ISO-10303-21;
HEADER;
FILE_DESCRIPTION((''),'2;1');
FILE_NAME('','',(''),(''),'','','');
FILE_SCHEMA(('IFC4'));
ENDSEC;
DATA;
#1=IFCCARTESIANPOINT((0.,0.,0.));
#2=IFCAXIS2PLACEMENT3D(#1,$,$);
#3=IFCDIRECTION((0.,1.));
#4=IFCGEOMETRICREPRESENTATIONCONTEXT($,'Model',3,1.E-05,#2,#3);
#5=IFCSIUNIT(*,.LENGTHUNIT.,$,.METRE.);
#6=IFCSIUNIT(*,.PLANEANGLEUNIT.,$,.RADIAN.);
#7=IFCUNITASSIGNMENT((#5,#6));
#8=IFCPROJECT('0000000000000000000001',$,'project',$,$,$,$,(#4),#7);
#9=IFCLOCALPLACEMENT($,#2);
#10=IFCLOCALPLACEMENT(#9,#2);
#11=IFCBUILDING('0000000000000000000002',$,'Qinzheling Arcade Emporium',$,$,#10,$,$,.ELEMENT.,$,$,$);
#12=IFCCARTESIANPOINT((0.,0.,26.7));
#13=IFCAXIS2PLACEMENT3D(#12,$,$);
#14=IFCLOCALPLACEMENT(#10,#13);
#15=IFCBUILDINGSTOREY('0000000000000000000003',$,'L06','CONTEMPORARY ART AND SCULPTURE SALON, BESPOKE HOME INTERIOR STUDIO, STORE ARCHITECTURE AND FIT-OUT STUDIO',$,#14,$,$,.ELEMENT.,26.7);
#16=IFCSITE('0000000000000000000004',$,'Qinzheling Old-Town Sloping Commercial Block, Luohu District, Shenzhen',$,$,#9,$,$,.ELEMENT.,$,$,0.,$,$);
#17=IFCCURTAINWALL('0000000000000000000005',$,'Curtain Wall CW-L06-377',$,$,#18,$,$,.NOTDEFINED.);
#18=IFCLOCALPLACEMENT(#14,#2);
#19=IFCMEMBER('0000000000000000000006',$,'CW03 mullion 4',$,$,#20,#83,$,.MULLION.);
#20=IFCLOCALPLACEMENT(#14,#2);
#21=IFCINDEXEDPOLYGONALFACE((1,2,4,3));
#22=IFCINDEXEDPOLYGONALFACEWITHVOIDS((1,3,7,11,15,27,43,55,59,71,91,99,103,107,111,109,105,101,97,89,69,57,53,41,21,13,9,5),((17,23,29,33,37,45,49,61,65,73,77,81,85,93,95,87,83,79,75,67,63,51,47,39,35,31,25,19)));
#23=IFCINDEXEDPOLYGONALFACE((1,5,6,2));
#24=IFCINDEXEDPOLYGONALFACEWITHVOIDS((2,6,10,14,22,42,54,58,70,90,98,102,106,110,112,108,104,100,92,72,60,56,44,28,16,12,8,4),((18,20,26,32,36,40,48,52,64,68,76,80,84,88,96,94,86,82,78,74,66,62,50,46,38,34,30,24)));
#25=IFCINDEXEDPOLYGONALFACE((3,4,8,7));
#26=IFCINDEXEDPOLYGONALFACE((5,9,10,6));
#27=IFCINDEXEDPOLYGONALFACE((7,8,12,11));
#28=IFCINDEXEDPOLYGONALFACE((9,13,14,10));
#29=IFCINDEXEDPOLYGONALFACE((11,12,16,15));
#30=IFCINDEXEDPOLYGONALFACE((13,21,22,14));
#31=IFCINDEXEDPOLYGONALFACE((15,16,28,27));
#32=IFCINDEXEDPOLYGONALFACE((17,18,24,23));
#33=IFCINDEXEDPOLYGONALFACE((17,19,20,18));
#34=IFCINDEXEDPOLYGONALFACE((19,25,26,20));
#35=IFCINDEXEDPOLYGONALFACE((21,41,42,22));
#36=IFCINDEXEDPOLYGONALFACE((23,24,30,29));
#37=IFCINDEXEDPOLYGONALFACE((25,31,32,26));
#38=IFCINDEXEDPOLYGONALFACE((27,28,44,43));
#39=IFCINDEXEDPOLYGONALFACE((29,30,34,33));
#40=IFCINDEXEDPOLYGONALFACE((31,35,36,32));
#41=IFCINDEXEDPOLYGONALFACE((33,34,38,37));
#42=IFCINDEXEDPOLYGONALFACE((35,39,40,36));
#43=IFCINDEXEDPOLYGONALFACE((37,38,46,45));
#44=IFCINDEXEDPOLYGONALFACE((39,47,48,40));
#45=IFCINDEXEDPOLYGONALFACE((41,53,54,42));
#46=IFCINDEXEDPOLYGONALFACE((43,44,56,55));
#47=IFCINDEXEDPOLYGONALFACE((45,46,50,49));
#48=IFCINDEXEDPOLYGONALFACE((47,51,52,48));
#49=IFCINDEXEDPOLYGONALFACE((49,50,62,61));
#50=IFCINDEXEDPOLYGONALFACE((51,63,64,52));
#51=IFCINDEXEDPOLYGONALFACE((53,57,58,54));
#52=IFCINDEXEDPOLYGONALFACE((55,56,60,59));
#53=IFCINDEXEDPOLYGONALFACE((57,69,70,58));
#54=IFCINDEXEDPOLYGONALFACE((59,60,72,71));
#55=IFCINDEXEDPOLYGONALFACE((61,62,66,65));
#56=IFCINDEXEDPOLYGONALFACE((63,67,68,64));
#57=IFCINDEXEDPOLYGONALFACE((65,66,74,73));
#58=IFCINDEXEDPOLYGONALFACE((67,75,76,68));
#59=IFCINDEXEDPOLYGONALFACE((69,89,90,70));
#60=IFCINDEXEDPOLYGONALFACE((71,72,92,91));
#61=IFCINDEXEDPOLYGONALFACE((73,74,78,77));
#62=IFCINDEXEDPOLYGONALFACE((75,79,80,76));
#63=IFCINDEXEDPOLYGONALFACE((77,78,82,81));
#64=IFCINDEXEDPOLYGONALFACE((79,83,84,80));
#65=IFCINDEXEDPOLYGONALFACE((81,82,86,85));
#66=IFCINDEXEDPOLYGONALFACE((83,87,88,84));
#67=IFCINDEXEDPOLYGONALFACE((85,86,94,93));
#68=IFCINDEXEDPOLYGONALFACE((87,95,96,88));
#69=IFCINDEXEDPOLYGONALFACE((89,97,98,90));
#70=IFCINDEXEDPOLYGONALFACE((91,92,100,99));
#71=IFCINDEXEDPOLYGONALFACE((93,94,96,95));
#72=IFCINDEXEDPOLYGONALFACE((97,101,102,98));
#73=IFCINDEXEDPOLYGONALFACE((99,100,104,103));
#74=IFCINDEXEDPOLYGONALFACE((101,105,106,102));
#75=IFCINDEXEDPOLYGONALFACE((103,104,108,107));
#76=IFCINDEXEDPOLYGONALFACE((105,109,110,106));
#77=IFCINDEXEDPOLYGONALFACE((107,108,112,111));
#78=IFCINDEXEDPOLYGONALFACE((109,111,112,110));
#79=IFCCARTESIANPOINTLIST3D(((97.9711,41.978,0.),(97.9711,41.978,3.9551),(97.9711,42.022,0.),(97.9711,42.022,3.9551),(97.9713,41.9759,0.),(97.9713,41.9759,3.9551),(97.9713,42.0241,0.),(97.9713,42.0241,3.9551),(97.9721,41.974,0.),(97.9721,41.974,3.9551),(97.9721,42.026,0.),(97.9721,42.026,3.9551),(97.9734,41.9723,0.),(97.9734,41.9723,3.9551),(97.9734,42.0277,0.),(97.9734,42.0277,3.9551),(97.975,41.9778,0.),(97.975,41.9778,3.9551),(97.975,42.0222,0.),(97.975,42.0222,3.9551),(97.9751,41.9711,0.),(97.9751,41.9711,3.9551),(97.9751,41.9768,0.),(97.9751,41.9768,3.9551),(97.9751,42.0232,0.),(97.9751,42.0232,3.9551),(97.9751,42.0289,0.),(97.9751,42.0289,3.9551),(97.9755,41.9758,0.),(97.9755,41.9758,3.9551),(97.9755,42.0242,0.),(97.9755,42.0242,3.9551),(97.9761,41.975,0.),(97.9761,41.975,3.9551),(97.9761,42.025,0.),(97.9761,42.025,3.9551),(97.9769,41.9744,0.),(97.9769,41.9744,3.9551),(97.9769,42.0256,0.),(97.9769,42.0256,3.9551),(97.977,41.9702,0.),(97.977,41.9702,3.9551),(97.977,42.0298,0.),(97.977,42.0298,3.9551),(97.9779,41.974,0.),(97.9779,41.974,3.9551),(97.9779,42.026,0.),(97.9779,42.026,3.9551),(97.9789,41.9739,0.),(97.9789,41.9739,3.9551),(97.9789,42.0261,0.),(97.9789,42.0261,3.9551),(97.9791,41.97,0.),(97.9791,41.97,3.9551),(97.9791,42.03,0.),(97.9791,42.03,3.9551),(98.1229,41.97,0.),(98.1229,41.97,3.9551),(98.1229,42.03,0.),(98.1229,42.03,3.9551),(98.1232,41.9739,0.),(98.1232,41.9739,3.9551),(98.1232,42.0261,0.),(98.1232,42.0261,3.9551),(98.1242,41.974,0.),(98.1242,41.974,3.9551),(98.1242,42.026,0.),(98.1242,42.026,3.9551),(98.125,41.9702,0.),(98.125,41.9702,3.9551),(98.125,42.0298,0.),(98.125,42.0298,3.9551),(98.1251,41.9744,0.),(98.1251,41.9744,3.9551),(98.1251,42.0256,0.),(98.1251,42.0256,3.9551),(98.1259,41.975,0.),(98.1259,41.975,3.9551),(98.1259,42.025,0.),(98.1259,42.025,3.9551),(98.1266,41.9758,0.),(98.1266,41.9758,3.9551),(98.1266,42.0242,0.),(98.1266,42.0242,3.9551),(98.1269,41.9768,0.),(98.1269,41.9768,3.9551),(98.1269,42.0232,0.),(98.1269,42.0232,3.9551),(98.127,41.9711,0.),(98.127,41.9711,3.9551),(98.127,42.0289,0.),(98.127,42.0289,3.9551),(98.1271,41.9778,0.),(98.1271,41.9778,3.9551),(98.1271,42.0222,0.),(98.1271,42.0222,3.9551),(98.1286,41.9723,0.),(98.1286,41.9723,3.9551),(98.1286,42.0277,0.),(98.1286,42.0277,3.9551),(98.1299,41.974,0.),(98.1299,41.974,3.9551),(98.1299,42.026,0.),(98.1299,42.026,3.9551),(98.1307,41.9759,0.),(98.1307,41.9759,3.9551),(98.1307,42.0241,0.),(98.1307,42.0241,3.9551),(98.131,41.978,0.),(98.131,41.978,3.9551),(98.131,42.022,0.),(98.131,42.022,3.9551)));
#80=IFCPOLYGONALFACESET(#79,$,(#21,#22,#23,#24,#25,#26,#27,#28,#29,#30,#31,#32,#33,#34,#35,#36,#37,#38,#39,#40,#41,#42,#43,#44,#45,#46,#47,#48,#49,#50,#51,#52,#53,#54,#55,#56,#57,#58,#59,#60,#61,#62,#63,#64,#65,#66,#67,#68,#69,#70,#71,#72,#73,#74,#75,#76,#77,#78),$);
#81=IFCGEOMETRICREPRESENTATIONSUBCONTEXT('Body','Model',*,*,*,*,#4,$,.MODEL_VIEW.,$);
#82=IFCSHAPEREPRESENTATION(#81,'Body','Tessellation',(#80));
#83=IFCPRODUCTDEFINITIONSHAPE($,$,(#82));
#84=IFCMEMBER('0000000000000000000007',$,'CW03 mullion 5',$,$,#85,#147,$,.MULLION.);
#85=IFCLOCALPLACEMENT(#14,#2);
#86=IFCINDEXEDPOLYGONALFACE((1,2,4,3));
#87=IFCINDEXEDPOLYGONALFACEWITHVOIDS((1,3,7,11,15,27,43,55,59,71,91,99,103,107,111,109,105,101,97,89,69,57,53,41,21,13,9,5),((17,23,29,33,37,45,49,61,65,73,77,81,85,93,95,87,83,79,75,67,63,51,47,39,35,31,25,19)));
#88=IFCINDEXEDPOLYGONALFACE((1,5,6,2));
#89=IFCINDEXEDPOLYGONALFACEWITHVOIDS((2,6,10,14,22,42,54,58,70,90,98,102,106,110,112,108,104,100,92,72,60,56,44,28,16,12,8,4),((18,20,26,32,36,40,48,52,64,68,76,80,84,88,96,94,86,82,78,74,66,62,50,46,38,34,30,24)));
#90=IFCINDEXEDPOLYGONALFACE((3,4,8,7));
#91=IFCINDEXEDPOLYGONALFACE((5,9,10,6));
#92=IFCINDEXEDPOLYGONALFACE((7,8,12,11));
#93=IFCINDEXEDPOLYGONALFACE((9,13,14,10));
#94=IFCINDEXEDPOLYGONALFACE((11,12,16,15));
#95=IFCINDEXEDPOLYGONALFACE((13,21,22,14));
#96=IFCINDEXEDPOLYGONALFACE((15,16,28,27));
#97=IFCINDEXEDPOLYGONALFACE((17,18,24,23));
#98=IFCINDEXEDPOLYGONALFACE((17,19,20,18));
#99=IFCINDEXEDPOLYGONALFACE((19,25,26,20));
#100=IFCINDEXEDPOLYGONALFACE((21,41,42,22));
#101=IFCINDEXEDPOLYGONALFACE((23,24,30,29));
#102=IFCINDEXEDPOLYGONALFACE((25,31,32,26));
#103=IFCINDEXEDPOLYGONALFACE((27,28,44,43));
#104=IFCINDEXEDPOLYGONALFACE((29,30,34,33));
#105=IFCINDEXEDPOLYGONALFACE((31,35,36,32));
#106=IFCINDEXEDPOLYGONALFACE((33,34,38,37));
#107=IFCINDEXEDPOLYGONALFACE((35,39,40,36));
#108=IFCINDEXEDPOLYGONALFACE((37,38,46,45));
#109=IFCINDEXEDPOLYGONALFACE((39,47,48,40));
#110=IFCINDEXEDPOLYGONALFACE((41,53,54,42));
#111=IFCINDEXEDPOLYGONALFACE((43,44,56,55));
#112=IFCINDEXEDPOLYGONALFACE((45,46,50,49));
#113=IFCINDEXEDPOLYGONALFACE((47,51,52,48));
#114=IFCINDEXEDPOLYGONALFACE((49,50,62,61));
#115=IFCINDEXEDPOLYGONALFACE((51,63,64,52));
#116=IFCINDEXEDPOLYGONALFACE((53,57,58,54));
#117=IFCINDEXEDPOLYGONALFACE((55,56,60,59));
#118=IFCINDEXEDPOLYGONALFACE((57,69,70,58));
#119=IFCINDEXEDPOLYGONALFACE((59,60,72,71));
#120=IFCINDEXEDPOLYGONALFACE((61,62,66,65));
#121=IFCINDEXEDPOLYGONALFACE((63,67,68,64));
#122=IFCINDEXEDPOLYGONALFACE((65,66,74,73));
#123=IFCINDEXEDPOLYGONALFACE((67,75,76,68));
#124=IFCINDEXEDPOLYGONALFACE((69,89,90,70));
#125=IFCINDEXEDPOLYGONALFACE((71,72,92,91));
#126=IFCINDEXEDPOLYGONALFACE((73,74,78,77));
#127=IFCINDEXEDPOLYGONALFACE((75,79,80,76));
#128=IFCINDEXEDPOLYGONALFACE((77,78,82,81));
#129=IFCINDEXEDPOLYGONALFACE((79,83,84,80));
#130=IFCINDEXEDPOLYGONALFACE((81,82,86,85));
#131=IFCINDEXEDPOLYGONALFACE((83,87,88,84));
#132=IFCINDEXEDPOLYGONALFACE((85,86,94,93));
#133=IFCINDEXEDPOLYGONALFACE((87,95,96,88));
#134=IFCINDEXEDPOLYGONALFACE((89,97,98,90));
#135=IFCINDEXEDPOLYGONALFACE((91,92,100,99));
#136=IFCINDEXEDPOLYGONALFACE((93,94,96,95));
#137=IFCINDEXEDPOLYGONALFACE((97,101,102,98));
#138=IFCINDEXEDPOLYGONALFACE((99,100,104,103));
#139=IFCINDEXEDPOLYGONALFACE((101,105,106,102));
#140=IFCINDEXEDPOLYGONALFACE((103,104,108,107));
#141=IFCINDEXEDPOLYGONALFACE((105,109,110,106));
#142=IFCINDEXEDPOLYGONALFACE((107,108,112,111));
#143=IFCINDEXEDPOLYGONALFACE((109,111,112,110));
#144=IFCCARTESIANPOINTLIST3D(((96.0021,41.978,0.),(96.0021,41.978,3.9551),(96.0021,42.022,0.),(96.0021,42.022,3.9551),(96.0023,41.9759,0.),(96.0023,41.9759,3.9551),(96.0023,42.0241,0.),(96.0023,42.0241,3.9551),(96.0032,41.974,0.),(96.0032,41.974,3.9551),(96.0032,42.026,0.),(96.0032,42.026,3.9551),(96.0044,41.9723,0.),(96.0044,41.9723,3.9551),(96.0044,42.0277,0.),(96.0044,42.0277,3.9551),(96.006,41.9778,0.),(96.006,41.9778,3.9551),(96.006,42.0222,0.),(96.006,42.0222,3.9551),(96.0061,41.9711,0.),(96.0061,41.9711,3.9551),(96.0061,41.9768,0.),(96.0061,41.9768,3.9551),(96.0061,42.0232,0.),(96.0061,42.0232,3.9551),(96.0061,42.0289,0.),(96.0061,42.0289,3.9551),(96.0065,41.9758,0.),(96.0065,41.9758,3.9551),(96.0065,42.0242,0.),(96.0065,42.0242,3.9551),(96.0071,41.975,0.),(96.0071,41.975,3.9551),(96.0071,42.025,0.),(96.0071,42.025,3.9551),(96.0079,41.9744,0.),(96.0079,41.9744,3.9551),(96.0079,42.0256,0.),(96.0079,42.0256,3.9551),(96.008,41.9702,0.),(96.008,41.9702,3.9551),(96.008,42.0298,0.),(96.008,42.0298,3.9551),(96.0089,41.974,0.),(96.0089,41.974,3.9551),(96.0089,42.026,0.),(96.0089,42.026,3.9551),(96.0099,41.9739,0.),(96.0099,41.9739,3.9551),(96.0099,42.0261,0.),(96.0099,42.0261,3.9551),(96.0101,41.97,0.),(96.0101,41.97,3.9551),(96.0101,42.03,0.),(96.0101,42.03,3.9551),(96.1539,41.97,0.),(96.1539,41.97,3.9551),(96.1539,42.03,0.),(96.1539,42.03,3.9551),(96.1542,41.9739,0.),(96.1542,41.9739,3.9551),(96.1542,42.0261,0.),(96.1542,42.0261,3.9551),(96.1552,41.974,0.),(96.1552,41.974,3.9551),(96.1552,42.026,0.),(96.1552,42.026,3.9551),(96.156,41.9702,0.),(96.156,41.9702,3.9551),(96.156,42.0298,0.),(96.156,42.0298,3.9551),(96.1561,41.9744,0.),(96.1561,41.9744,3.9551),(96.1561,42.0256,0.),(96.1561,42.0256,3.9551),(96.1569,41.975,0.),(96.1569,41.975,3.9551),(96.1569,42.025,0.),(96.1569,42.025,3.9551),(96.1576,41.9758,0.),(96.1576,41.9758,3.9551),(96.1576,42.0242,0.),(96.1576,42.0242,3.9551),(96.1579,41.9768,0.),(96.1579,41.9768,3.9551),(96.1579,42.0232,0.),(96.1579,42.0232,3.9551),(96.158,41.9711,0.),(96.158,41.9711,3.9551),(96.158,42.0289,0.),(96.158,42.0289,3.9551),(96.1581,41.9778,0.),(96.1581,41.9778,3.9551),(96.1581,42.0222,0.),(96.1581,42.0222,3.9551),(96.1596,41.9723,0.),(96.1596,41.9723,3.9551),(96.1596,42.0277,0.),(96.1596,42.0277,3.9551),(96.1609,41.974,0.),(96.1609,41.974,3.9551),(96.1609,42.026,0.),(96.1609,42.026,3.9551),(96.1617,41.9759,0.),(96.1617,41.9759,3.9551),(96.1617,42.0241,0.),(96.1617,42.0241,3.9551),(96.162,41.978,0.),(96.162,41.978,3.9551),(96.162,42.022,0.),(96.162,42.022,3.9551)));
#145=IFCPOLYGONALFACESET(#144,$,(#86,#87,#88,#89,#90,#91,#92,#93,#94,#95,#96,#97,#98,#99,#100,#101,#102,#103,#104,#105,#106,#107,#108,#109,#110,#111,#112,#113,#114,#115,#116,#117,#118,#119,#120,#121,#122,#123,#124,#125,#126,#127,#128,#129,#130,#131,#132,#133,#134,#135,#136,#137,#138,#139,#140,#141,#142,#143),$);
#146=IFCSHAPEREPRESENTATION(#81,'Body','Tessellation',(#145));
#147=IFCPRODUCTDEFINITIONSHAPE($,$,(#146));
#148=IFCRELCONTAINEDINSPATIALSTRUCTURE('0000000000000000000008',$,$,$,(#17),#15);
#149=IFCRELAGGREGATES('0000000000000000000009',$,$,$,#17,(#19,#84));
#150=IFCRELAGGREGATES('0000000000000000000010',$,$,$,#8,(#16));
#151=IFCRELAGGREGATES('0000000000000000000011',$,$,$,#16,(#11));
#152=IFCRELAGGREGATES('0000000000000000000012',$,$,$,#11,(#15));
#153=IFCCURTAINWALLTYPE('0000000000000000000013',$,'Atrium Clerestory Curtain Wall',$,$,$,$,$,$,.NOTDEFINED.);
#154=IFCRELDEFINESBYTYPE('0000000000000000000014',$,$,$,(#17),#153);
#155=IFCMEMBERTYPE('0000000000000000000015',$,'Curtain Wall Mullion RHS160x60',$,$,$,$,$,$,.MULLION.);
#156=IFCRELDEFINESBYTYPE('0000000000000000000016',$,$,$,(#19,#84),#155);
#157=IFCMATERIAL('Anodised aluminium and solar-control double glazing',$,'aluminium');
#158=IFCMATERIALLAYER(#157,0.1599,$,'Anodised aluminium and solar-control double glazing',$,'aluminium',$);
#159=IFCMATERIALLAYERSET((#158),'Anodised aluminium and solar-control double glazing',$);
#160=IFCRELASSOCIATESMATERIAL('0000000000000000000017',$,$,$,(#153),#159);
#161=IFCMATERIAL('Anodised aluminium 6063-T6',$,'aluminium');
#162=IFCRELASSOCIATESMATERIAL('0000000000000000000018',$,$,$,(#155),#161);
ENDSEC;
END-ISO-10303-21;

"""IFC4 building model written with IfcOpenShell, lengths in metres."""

from ifc_helpers import new_model, si_unit, direction, frame, origin, origin_2d, place, context, subcontext, project, spatial, hollow_rectangle, extrude, material, layer, layer_set, material_profile, profile_set, type_object, element, aggregate, save


model = new_model("IFC4")

# Units and contexts
model_context = context("Model", 3, precision=1e-05, world=origin(), true_north=direction((0.0, 1.0)))
body_context = subcontext(model_context, "Body", "Model", "MODEL_VIEW")
ifc_project = project(units=[si_unit("LENGTHUNIT", "METRE"), si_unit("PLANEANGLEUNIT", "RADIAN")], contexts=[model_context])

# Site, building, storey
site_placement = place(None, origin())
site = spatial("IfcSite", under=ifc_project, at=site_placement, Name="Qinzheling Old-Town Sloping Commercial Block, Luohu District, Shenzhen", CompositionType="ELEMENT", RefElevation=0.0)
building_placement = place(site_placement, origin())
building = spatial("IfcBuilding", under=site, at=building_placement, Name="Qinzheling Arcade Emporium", CompositionType="ELEMENT")
storey_placement = place(building_placement, frame((0.0, 0.0, 26.7)))
storey = spatial("IfcBuildingStorey", under=building, at=storey_placement, Name="L06", Description="CONTEMPORARY ART AND SCULPTURE SALON, BESPOKE HOME INTERIOR STUDIO, STORE ARCHITECTURE AND FIT-OUT STUDIO", CompositionType="ELEMENT", Elevation=26.7)

# Curtain wall, members
ifc_material_1 = material(Name="Anodised aluminium and solar-control double glazing", Category="aluminium")
ifc_layer_1 = layer(ifc_material_1, 0.1599, Name="Anodised aluminium and solar-control double glazing", Category="aluminium")
ifc_layer_set_1 = layer_set([ifc_layer_1], Name="Anodised aluminium and solar-control double glazing")
curtain_wall_type = type_object("IfcCurtainWallType", Name="Atrium Clerestory Curtain Wall", PredefinedType="NOTDEFINED", material=ifc_layer_set_1)
curtain_wall_placement = place(storey_placement, origin())
curtain_wall = element("IfcCurtainWall", 1, at=curtain_wall_placement, inside=storey, type_object=curtain_wall_type, Name="Curtain Wall CW-L06-377", PredefinedType="NOTDEFINED")
ifc_material_2 = material(Name="Anodised aluminium 6063-T6", Category="aluminium")
ifc_material_profile_1 = material_profile(ifc_material_2, hollow_rectangle(XDim=0.0601, YDim=0.1599, WallThickness=0.0039, InnerFilletRadius=0.0039, OuterFilletRadius=0.0081, at=origin_2d()), Name="RHS 160x60x4", Category="aluminium")
ifc_profile_set_1 = profile_set([ifc_material_profile_1], Name="Anodised aluminium 6063-T6")
member_type_1 = type_object("IfcMemberType", Name="Curtain Wall Mullion RHS160x60", PredefinedType="MULLION", material=ifc_profile_set_1)
member_1_placement = place(storey_placement, frame((98.051, 42.0, 0.0), z_axis=(0.0, 0.0, 1.0), x_axis=(0.0, -1.0, 0.0)))
member_1 = element("IfcMember", 2, at=member_1_placement, type_object=member_type_1, Name="CW03 mullion 4", PredefinedType="MULLION", context=body_context, shape_type="SweptSolid", body=[
    extrude(hollow_rectangle(XDim=0.0601, YDim=0.1599, WallThickness=0.0039, InnerFilletRadius=0.0039, OuterFilletRadius=0.0081, at=origin_2d()), origin(), (0.0, 0.0, 1.0), 3.9551),
])
member_2_placement = place(storey_placement, frame((96.082, 42.0, 0.0), z_axis=(0.0, 0.0, 1.0), x_axis=(0.0, -1.0, 0.0)))
member_2 = element("IfcMember", 3, at=member_2_placement, type_object=member_type_1, Name="CW03 mullion 5", PredefinedType="MULLION", context=body_context, shape_type="SweptSolid", body=[
    extrude(hollow_rectangle(XDim=0.0601, YDim=0.1599, WallThickness=0.0039, InnerFilletRadius=0.0039, OuterFilletRadius=0.0081, at=origin_2d()), origin(), (0.0, 0.0, 1.0), 3.9551),
])
aggregate(curtain_wall, [member_1, member_2])

save(model, "model.ifc")
